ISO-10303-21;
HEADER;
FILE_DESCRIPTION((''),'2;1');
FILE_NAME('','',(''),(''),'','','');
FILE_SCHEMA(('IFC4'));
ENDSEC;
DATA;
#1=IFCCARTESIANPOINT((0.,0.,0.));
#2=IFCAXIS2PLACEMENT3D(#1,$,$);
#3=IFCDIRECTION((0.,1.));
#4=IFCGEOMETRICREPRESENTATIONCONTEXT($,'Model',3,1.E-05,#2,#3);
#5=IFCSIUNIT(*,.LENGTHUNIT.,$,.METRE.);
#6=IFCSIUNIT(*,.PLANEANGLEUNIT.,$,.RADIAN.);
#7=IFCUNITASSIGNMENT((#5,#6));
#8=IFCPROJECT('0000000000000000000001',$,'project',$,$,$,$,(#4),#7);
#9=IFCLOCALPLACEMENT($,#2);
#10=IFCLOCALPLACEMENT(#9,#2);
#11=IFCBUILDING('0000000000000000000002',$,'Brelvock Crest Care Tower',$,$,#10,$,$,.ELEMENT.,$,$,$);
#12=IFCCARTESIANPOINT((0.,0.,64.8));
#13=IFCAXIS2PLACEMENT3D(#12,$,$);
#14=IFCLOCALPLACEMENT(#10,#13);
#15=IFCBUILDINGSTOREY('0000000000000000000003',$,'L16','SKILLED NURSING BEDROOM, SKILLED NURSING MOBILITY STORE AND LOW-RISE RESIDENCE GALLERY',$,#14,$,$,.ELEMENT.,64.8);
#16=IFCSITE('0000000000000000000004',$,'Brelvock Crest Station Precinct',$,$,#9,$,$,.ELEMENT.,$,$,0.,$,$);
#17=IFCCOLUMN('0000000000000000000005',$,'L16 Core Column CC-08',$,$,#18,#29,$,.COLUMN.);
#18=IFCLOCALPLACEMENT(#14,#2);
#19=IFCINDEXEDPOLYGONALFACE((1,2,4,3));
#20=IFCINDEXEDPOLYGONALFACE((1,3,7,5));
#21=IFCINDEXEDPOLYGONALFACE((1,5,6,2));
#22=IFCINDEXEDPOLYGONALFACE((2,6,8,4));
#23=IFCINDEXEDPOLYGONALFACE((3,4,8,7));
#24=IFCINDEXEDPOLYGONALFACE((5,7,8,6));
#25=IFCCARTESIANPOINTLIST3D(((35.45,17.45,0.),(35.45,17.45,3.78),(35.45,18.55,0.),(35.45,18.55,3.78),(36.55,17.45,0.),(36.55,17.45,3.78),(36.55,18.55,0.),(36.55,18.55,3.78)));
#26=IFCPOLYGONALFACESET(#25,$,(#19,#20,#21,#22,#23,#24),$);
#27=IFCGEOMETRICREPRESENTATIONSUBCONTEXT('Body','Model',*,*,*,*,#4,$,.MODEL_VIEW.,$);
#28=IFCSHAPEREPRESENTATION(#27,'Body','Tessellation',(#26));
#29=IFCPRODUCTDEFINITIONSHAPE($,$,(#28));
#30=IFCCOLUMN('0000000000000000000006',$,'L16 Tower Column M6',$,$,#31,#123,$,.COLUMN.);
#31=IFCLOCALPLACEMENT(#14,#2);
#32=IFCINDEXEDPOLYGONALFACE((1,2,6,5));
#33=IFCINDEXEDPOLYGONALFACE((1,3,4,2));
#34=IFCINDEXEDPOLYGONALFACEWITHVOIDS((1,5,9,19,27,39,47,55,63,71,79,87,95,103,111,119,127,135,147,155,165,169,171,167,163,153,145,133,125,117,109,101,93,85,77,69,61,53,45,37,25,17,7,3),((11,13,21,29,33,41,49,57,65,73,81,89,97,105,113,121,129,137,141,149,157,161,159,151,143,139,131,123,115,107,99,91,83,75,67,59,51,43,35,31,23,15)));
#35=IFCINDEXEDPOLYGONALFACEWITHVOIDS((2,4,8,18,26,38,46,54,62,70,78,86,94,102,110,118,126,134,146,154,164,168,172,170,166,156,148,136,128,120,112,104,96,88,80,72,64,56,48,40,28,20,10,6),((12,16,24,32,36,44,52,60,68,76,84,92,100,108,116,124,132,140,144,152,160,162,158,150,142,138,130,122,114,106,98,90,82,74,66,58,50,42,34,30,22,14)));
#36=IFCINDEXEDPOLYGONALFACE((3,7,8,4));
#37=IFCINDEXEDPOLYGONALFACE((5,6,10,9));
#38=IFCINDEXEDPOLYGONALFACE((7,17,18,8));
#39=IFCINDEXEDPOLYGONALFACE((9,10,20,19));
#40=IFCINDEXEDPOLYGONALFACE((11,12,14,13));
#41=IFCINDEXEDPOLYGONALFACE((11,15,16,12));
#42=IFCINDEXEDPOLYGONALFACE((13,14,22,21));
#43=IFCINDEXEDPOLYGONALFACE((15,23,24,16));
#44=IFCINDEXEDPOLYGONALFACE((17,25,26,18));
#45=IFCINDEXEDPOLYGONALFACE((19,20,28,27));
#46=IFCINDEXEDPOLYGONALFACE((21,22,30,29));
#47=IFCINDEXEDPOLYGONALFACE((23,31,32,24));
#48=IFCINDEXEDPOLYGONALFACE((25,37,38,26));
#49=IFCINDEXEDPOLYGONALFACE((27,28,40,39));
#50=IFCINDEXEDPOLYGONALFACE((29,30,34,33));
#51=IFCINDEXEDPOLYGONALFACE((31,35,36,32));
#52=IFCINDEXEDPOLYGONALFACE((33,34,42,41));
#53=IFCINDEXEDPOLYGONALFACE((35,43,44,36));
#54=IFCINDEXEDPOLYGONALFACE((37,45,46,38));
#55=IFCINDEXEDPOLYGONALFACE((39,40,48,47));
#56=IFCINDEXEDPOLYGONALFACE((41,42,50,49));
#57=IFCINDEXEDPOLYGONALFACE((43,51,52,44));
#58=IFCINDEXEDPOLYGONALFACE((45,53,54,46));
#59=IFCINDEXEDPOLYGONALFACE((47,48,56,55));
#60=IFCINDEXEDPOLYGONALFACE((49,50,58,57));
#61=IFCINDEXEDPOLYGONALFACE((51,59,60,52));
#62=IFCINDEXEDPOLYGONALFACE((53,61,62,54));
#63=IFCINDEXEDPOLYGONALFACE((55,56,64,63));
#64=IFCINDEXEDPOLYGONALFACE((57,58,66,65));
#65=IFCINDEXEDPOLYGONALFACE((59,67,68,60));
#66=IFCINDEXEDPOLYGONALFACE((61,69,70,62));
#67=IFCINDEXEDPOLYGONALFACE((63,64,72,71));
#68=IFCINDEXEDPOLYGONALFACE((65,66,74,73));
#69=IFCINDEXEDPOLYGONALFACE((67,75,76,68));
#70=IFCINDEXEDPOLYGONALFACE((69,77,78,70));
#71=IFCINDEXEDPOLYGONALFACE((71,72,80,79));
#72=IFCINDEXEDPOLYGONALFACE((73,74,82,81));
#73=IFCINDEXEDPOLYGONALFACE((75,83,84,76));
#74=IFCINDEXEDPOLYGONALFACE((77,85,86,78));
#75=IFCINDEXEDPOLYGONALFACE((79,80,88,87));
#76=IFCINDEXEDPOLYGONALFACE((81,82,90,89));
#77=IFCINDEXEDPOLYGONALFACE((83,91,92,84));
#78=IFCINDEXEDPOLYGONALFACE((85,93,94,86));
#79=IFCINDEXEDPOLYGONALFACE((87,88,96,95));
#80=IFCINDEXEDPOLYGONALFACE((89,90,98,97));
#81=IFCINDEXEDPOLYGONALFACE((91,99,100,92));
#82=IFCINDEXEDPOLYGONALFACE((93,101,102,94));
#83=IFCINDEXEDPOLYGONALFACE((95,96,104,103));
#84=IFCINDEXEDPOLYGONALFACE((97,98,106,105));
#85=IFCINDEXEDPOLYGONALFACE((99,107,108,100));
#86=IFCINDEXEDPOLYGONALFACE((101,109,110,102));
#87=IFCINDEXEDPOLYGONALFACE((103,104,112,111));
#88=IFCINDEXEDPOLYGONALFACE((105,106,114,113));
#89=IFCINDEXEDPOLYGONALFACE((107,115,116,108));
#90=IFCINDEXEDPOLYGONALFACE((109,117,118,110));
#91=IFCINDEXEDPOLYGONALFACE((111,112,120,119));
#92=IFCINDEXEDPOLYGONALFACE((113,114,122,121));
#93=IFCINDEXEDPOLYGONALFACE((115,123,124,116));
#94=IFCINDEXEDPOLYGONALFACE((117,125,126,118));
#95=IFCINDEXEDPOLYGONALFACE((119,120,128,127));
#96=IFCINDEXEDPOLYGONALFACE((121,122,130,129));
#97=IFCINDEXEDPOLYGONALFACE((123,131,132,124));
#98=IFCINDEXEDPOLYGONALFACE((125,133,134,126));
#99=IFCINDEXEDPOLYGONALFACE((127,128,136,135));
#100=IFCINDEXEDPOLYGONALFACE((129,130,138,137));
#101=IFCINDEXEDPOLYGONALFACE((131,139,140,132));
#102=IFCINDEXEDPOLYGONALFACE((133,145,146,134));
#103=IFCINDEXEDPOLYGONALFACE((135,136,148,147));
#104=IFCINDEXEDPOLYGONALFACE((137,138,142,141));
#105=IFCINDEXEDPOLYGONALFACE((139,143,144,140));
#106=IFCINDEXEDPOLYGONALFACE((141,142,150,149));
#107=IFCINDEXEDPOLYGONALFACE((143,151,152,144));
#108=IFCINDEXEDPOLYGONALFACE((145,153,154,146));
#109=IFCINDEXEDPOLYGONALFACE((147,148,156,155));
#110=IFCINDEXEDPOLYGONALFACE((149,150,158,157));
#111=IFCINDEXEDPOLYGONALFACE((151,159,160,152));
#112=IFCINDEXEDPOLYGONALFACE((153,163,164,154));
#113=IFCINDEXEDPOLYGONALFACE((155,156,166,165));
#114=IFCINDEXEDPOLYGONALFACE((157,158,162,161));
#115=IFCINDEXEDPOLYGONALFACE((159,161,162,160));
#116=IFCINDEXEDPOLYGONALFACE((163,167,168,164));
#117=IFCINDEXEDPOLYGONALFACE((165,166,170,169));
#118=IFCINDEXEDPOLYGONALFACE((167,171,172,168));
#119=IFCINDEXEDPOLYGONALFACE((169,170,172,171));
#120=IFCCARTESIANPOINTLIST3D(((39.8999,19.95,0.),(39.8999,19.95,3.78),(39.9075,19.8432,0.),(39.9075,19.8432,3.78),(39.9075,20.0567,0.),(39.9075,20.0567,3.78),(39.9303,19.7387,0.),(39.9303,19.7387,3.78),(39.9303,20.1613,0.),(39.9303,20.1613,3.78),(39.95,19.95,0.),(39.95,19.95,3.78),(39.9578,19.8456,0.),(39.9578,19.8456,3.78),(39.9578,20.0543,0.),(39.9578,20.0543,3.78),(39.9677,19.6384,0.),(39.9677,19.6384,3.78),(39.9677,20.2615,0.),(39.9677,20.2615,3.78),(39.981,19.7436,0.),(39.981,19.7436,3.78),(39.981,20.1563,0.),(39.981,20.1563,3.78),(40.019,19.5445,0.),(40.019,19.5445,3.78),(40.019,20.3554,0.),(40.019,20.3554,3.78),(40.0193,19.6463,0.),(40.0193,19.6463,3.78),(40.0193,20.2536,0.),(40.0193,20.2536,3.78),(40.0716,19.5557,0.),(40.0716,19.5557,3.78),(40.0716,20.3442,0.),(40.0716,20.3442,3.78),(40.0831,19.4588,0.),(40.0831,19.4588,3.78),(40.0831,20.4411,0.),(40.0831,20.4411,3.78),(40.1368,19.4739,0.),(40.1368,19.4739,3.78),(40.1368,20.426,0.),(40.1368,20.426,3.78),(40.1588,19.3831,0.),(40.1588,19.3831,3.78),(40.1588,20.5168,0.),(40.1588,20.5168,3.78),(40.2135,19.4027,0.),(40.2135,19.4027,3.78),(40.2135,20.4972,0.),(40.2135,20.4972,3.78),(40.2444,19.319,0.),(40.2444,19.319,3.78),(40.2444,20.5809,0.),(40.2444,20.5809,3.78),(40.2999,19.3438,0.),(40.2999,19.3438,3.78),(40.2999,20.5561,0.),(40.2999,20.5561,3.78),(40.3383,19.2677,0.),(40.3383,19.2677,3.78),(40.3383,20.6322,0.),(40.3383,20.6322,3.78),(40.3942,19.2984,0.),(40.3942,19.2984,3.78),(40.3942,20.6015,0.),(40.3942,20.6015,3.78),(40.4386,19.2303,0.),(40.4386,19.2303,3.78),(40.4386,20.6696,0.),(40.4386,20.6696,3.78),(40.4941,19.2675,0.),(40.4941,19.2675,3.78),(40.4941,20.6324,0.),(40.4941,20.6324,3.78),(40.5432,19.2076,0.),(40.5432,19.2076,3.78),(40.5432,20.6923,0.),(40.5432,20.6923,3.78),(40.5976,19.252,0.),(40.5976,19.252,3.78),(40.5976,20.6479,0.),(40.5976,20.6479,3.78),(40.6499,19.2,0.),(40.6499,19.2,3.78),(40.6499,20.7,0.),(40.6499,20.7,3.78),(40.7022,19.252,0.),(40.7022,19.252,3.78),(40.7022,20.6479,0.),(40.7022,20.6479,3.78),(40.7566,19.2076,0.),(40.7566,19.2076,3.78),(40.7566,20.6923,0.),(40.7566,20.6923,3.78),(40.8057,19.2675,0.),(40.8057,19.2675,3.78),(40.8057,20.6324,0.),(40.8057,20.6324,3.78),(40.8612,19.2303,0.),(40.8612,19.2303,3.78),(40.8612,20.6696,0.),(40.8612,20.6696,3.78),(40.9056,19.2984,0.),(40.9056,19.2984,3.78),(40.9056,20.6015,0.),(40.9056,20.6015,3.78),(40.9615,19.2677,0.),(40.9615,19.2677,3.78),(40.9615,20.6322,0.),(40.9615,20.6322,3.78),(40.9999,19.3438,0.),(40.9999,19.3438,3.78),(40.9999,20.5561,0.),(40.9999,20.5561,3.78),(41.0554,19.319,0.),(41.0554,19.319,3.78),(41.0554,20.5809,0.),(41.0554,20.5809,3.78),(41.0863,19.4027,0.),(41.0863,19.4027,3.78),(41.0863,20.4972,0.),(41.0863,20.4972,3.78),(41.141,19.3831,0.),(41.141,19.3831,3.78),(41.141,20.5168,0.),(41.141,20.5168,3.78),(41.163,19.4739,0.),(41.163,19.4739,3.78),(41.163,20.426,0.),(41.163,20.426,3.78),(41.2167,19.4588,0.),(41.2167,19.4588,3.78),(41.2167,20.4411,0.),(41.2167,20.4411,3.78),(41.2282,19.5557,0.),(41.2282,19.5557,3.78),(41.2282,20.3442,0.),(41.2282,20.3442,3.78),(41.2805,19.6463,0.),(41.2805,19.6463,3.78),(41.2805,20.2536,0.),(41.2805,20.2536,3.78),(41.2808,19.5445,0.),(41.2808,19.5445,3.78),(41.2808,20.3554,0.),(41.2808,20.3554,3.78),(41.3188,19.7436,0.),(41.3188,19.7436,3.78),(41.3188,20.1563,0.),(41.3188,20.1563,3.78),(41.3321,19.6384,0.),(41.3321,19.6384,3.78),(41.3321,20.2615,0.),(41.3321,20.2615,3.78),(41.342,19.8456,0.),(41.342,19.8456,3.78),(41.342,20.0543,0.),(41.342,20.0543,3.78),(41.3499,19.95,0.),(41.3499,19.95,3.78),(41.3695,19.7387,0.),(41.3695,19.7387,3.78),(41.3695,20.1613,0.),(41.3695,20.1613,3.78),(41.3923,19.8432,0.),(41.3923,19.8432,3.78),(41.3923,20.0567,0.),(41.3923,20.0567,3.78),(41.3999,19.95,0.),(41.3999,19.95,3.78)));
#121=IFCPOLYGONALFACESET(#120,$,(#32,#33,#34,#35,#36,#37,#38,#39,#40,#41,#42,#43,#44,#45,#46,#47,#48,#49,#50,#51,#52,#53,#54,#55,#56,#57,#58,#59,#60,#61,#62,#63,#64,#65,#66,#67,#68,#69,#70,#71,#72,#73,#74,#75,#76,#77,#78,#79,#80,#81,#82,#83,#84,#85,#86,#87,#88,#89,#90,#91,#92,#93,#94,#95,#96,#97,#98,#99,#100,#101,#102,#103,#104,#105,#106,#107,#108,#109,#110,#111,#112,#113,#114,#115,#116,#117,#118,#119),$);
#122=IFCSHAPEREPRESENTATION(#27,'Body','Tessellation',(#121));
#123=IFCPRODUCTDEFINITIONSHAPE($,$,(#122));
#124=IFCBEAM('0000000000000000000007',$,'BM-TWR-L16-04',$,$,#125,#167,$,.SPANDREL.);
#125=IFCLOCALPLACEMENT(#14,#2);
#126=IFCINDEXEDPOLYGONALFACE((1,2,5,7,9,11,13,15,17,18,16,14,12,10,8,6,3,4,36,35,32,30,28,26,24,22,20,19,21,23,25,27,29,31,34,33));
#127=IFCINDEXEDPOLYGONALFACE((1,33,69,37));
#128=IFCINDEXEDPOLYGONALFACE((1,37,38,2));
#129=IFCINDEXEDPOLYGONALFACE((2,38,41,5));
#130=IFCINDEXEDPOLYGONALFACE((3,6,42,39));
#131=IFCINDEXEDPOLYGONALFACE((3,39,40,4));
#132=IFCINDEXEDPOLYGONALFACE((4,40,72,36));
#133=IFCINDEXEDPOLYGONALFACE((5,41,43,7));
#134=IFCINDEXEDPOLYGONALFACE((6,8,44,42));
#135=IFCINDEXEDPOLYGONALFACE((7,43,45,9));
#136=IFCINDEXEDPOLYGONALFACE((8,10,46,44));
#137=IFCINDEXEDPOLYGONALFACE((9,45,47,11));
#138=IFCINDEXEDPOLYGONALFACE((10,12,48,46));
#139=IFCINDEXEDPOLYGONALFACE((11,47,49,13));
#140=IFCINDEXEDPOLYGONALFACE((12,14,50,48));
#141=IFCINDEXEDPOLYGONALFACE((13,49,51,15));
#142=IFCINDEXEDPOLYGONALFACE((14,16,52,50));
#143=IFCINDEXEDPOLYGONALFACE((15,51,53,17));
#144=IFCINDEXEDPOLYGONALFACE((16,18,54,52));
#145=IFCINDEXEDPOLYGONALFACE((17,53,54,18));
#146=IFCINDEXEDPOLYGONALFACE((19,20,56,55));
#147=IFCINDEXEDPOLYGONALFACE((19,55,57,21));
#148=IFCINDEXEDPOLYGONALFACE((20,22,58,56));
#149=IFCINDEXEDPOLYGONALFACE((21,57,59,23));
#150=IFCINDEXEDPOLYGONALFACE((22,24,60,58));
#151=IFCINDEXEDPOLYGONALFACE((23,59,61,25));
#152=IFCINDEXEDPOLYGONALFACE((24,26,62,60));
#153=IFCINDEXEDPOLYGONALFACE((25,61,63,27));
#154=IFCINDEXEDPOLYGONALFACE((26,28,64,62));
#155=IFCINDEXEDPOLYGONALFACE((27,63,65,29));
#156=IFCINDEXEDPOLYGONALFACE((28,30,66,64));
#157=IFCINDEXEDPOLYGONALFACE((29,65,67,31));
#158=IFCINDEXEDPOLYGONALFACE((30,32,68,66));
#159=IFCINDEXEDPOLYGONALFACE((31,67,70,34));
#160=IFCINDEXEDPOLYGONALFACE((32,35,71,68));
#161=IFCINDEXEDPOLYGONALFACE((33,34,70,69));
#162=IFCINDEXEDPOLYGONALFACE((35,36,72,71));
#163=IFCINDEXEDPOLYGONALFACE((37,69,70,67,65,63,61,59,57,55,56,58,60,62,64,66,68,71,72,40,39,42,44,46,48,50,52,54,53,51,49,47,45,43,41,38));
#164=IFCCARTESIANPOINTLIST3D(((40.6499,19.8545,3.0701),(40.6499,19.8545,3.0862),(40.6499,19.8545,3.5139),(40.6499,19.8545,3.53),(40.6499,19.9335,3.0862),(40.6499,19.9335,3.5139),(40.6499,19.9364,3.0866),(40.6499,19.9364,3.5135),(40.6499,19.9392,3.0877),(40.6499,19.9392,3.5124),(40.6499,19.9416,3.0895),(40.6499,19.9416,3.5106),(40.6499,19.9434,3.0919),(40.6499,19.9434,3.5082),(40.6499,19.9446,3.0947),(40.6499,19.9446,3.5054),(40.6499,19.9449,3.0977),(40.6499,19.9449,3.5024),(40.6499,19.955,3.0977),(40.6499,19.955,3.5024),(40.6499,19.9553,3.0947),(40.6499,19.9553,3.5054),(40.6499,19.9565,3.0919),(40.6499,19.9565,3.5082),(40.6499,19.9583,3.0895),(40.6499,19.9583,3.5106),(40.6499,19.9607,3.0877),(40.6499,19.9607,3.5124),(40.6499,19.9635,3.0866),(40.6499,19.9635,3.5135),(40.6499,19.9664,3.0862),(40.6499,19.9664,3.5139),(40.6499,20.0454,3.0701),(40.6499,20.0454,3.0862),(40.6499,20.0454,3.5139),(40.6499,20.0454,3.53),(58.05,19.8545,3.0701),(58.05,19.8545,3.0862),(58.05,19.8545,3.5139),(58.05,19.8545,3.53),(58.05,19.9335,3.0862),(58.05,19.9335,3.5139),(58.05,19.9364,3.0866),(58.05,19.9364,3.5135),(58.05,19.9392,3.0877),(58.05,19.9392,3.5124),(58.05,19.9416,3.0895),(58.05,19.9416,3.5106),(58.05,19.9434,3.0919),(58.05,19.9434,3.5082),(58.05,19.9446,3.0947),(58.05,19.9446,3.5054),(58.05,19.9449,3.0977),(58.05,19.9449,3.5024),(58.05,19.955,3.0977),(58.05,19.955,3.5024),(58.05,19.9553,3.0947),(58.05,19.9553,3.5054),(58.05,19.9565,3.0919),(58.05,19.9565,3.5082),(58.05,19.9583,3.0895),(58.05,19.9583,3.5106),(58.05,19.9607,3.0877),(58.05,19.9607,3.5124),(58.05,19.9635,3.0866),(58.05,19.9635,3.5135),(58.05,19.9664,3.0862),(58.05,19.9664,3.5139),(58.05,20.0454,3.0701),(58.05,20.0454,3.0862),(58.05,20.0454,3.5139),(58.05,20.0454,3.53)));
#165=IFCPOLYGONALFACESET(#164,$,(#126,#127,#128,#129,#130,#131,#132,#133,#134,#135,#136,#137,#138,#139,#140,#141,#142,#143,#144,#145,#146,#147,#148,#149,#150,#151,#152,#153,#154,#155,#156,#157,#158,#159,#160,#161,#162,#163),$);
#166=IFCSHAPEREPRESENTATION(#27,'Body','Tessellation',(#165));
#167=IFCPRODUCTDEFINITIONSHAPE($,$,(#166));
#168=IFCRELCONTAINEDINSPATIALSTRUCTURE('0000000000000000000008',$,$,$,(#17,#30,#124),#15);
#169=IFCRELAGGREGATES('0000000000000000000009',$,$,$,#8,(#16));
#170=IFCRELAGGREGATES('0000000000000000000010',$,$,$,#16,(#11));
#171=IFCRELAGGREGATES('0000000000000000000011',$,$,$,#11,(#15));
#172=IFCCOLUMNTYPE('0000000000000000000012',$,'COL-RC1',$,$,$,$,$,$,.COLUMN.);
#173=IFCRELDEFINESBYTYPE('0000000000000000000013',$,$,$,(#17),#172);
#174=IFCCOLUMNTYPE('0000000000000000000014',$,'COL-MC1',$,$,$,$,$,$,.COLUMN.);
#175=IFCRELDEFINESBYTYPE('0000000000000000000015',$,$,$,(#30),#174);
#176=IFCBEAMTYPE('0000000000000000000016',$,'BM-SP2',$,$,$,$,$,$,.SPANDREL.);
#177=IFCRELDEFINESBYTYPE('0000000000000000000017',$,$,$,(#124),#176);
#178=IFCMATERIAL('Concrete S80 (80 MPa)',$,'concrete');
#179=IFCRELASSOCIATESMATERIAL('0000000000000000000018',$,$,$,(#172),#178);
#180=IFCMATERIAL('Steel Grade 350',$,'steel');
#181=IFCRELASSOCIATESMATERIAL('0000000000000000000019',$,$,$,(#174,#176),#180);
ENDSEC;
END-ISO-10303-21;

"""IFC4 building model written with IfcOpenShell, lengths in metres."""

from ifc_helpers import new_model, si_unit, direction, frame, origin, origin_2d, place, context, subcontext, project, spatial, rectangle, hollow_circle, i_section, extrude, source, transform, mapped, material, material_profile, profile_set, type_object, element, save


model = new_model("IFC4")

# Units and contexts
model_context = context("Model", 3, precision=1e-05, world=origin(), true_north=direction((0.0, 1.0)))
body_context = subcontext(model_context, "Body", "Model", "MODEL_VIEW")
ifc_project = project(units=[si_unit("LENGTHUNIT", "METRE"), si_unit("PLANEANGLEUNIT", "RADIAN")], contexts=[model_context])

# Site, building, storey
site_placement = place(None, origin())
site = spatial("IfcSite", under=ifc_project, at=site_placement, Name="Brelvock Crest Station Precinct", CompositionType="ELEMENT", RefElevation=0.0)
building_placement = place(site_placement, origin())
building = spatial("IfcBuilding", under=site, at=building_placement, Name="Brelvock Crest Care Tower", CompositionType="ELEMENT")
storey_placement = place(building_placement, frame((0.0, 0.0, 64.8)))
storey = spatial("IfcBuildingStorey", under=building, at=storey_placement, Name="L16", Description="SKILLED NURSING BEDROOM, SKILLED NURSING MOBILITY STORE AND LOW-RISE RESIDENCE GALLERY", CompositionType="ELEMENT", Elevation=64.8)

# Columns
ifc_material_1 = material(Name="Concrete S80 (80 MPa)", Category="concrete")
ifc_material_profile_1 = material_profile(ifc_material_1, rectangle(XDim=1.1001, YDim=1.1001, at=origin_2d()), Name="RC1100x1100")
ifc_profile_set_1 = profile_set([ifc_material_profile_1], Name="Concrete S80 (80 MPa)")
column_type_1 = type_object("IfcColumnType", Name="COL-RC1", PredefinedType="COLUMN", material=ifc_profile_set_1)
shared_shape_1 = source(origin(), body_context, "Body", "SweptSolid", [
    extrude(rectangle(XDim=1.1001, YDim=1.1001, at=origin_2d()), origin(), (0.0, 0.0, 1.0), 3.78),
])
column_1_placement = place(storey_placement, frame((36.0, 18.0, 0.0), z_axis=(0.0, 0.0, 1.0), x_axis=(1.0, 0.0, 0.0)))
element("IfcColumn", 1, at=column_1_placement, inside=storey, type_object=column_type_1, Name="L16 Core Column CC-08", PredefinedType="COLUMN", context=body_context, shape_type="MappedRepresentation", body=[
    mapped(shared_shape_1, transform((0.0, 0.0, 0.0), x_axis=(1.0, 0.0, 0.0), y_axis=(0.0, 1.0, 0.0), z_axis=(0.0, 0.0, 1.0), scale=1.0)),
])
ifc_material_2 = material(Name="Steel Grade 350", Category="steel")
ifc_material_profile_2 = material_profile(ifc_material_2, hollow_circle(Radius=0.75, WallThickness=0.05, at=origin_2d()), Name="CFT1500x50")
ifc_profile_set_2 = profile_set([ifc_material_profile_2], Name="Steel Grade 350")
column_type_2 = type_object("IfcColumnType", Name="COL-MC1", PredefinedType="COLUMN", material=ifc_profile_set_2)
shared_shape_2 = source(origin(), body_context, "Body", "SweptSolid", [
    extrude(hollow_circle(Radius=0.75, WallThickness=0.05, at=origin_2d()), origin(), (0.0, 0.0, 1.0), 3.78),
])
column_2_placement = place(storey_placement, frame((40.6499, 19.95, 0.0), z_axis=(0.0, 0.0, 1.0), x_axis=(1.0, 0.0, 0.0)))
element("IfcColumn", 2, at=column_2_placement, inside=storey, type_object=column_type_2, Name="L16 Tower Column M6", PredefinedType="COLUMN", context=body_context, shape_type="MappedRepresentation", body=[
    mapped(shared_shape_2, transform((0.0, 0.0, 0.0), x_axis=(1.0, 0.0, 0.0), y_axis=(0.0, 1.0, 0.0), z_axis=(0.0, 0.0, 1.0), scale=1.0)),
])

# Beam
ifc_material_profile_3 = material_profile(ifc_material_2, i_section(OverallWidth=0.1909, OverallDepth=0.46, WebThickness=0.01, FlangeThickness=0.0161, FilletRadius=0.0115, at=origin_2d()), Name="460UB82.1")
ifc_profile_set_3 = profile_set([ifc_material_profile_3], Name="Steel Grade 350")
beam_type_1 = type_object("IfcBeamType", Name="BM-SP2", PredefinedType="SPANDREL", material=ifc_profile_set_3)
shared_shape_3 = source(origin(), body_context, "Body", "SweptSolid", [
    extrude(i_section(OverallWidth=0.1909, OverallDepth=0.46, WebThickness=0.01, FlangeThickness=0.0161, FilletRadius=0.0115, at=origin_2d()), origin(), (0.0, 0.0, 1.0), 17.4001),
])
beam_1_placement = place(storey_placement, frame((40.6499, 19.95, 3.3), z_axis=(1.0, 0.0, 0.0), x_axis=(0.0, 1.0, 0.0)))
element("IfcBeam", 3, at=beam_1_placement, inside=storey, type_object=beam_type_1, Name="BM-TWR-L16-04", PredefinedType="SPANDREL", context=body_context, shape_type="MappedRepresentation", body=[
    mapped(shared_shape_3, transform((0.0, 0.0, 0.0), x_axis=(1.0, 0.0, 0.0), y_axis=(0.0, 1.0, 0.0), z_axis=(0.0, 0.0, 1.0), scale=1.0)),
])

save(model, "model.ifc")
